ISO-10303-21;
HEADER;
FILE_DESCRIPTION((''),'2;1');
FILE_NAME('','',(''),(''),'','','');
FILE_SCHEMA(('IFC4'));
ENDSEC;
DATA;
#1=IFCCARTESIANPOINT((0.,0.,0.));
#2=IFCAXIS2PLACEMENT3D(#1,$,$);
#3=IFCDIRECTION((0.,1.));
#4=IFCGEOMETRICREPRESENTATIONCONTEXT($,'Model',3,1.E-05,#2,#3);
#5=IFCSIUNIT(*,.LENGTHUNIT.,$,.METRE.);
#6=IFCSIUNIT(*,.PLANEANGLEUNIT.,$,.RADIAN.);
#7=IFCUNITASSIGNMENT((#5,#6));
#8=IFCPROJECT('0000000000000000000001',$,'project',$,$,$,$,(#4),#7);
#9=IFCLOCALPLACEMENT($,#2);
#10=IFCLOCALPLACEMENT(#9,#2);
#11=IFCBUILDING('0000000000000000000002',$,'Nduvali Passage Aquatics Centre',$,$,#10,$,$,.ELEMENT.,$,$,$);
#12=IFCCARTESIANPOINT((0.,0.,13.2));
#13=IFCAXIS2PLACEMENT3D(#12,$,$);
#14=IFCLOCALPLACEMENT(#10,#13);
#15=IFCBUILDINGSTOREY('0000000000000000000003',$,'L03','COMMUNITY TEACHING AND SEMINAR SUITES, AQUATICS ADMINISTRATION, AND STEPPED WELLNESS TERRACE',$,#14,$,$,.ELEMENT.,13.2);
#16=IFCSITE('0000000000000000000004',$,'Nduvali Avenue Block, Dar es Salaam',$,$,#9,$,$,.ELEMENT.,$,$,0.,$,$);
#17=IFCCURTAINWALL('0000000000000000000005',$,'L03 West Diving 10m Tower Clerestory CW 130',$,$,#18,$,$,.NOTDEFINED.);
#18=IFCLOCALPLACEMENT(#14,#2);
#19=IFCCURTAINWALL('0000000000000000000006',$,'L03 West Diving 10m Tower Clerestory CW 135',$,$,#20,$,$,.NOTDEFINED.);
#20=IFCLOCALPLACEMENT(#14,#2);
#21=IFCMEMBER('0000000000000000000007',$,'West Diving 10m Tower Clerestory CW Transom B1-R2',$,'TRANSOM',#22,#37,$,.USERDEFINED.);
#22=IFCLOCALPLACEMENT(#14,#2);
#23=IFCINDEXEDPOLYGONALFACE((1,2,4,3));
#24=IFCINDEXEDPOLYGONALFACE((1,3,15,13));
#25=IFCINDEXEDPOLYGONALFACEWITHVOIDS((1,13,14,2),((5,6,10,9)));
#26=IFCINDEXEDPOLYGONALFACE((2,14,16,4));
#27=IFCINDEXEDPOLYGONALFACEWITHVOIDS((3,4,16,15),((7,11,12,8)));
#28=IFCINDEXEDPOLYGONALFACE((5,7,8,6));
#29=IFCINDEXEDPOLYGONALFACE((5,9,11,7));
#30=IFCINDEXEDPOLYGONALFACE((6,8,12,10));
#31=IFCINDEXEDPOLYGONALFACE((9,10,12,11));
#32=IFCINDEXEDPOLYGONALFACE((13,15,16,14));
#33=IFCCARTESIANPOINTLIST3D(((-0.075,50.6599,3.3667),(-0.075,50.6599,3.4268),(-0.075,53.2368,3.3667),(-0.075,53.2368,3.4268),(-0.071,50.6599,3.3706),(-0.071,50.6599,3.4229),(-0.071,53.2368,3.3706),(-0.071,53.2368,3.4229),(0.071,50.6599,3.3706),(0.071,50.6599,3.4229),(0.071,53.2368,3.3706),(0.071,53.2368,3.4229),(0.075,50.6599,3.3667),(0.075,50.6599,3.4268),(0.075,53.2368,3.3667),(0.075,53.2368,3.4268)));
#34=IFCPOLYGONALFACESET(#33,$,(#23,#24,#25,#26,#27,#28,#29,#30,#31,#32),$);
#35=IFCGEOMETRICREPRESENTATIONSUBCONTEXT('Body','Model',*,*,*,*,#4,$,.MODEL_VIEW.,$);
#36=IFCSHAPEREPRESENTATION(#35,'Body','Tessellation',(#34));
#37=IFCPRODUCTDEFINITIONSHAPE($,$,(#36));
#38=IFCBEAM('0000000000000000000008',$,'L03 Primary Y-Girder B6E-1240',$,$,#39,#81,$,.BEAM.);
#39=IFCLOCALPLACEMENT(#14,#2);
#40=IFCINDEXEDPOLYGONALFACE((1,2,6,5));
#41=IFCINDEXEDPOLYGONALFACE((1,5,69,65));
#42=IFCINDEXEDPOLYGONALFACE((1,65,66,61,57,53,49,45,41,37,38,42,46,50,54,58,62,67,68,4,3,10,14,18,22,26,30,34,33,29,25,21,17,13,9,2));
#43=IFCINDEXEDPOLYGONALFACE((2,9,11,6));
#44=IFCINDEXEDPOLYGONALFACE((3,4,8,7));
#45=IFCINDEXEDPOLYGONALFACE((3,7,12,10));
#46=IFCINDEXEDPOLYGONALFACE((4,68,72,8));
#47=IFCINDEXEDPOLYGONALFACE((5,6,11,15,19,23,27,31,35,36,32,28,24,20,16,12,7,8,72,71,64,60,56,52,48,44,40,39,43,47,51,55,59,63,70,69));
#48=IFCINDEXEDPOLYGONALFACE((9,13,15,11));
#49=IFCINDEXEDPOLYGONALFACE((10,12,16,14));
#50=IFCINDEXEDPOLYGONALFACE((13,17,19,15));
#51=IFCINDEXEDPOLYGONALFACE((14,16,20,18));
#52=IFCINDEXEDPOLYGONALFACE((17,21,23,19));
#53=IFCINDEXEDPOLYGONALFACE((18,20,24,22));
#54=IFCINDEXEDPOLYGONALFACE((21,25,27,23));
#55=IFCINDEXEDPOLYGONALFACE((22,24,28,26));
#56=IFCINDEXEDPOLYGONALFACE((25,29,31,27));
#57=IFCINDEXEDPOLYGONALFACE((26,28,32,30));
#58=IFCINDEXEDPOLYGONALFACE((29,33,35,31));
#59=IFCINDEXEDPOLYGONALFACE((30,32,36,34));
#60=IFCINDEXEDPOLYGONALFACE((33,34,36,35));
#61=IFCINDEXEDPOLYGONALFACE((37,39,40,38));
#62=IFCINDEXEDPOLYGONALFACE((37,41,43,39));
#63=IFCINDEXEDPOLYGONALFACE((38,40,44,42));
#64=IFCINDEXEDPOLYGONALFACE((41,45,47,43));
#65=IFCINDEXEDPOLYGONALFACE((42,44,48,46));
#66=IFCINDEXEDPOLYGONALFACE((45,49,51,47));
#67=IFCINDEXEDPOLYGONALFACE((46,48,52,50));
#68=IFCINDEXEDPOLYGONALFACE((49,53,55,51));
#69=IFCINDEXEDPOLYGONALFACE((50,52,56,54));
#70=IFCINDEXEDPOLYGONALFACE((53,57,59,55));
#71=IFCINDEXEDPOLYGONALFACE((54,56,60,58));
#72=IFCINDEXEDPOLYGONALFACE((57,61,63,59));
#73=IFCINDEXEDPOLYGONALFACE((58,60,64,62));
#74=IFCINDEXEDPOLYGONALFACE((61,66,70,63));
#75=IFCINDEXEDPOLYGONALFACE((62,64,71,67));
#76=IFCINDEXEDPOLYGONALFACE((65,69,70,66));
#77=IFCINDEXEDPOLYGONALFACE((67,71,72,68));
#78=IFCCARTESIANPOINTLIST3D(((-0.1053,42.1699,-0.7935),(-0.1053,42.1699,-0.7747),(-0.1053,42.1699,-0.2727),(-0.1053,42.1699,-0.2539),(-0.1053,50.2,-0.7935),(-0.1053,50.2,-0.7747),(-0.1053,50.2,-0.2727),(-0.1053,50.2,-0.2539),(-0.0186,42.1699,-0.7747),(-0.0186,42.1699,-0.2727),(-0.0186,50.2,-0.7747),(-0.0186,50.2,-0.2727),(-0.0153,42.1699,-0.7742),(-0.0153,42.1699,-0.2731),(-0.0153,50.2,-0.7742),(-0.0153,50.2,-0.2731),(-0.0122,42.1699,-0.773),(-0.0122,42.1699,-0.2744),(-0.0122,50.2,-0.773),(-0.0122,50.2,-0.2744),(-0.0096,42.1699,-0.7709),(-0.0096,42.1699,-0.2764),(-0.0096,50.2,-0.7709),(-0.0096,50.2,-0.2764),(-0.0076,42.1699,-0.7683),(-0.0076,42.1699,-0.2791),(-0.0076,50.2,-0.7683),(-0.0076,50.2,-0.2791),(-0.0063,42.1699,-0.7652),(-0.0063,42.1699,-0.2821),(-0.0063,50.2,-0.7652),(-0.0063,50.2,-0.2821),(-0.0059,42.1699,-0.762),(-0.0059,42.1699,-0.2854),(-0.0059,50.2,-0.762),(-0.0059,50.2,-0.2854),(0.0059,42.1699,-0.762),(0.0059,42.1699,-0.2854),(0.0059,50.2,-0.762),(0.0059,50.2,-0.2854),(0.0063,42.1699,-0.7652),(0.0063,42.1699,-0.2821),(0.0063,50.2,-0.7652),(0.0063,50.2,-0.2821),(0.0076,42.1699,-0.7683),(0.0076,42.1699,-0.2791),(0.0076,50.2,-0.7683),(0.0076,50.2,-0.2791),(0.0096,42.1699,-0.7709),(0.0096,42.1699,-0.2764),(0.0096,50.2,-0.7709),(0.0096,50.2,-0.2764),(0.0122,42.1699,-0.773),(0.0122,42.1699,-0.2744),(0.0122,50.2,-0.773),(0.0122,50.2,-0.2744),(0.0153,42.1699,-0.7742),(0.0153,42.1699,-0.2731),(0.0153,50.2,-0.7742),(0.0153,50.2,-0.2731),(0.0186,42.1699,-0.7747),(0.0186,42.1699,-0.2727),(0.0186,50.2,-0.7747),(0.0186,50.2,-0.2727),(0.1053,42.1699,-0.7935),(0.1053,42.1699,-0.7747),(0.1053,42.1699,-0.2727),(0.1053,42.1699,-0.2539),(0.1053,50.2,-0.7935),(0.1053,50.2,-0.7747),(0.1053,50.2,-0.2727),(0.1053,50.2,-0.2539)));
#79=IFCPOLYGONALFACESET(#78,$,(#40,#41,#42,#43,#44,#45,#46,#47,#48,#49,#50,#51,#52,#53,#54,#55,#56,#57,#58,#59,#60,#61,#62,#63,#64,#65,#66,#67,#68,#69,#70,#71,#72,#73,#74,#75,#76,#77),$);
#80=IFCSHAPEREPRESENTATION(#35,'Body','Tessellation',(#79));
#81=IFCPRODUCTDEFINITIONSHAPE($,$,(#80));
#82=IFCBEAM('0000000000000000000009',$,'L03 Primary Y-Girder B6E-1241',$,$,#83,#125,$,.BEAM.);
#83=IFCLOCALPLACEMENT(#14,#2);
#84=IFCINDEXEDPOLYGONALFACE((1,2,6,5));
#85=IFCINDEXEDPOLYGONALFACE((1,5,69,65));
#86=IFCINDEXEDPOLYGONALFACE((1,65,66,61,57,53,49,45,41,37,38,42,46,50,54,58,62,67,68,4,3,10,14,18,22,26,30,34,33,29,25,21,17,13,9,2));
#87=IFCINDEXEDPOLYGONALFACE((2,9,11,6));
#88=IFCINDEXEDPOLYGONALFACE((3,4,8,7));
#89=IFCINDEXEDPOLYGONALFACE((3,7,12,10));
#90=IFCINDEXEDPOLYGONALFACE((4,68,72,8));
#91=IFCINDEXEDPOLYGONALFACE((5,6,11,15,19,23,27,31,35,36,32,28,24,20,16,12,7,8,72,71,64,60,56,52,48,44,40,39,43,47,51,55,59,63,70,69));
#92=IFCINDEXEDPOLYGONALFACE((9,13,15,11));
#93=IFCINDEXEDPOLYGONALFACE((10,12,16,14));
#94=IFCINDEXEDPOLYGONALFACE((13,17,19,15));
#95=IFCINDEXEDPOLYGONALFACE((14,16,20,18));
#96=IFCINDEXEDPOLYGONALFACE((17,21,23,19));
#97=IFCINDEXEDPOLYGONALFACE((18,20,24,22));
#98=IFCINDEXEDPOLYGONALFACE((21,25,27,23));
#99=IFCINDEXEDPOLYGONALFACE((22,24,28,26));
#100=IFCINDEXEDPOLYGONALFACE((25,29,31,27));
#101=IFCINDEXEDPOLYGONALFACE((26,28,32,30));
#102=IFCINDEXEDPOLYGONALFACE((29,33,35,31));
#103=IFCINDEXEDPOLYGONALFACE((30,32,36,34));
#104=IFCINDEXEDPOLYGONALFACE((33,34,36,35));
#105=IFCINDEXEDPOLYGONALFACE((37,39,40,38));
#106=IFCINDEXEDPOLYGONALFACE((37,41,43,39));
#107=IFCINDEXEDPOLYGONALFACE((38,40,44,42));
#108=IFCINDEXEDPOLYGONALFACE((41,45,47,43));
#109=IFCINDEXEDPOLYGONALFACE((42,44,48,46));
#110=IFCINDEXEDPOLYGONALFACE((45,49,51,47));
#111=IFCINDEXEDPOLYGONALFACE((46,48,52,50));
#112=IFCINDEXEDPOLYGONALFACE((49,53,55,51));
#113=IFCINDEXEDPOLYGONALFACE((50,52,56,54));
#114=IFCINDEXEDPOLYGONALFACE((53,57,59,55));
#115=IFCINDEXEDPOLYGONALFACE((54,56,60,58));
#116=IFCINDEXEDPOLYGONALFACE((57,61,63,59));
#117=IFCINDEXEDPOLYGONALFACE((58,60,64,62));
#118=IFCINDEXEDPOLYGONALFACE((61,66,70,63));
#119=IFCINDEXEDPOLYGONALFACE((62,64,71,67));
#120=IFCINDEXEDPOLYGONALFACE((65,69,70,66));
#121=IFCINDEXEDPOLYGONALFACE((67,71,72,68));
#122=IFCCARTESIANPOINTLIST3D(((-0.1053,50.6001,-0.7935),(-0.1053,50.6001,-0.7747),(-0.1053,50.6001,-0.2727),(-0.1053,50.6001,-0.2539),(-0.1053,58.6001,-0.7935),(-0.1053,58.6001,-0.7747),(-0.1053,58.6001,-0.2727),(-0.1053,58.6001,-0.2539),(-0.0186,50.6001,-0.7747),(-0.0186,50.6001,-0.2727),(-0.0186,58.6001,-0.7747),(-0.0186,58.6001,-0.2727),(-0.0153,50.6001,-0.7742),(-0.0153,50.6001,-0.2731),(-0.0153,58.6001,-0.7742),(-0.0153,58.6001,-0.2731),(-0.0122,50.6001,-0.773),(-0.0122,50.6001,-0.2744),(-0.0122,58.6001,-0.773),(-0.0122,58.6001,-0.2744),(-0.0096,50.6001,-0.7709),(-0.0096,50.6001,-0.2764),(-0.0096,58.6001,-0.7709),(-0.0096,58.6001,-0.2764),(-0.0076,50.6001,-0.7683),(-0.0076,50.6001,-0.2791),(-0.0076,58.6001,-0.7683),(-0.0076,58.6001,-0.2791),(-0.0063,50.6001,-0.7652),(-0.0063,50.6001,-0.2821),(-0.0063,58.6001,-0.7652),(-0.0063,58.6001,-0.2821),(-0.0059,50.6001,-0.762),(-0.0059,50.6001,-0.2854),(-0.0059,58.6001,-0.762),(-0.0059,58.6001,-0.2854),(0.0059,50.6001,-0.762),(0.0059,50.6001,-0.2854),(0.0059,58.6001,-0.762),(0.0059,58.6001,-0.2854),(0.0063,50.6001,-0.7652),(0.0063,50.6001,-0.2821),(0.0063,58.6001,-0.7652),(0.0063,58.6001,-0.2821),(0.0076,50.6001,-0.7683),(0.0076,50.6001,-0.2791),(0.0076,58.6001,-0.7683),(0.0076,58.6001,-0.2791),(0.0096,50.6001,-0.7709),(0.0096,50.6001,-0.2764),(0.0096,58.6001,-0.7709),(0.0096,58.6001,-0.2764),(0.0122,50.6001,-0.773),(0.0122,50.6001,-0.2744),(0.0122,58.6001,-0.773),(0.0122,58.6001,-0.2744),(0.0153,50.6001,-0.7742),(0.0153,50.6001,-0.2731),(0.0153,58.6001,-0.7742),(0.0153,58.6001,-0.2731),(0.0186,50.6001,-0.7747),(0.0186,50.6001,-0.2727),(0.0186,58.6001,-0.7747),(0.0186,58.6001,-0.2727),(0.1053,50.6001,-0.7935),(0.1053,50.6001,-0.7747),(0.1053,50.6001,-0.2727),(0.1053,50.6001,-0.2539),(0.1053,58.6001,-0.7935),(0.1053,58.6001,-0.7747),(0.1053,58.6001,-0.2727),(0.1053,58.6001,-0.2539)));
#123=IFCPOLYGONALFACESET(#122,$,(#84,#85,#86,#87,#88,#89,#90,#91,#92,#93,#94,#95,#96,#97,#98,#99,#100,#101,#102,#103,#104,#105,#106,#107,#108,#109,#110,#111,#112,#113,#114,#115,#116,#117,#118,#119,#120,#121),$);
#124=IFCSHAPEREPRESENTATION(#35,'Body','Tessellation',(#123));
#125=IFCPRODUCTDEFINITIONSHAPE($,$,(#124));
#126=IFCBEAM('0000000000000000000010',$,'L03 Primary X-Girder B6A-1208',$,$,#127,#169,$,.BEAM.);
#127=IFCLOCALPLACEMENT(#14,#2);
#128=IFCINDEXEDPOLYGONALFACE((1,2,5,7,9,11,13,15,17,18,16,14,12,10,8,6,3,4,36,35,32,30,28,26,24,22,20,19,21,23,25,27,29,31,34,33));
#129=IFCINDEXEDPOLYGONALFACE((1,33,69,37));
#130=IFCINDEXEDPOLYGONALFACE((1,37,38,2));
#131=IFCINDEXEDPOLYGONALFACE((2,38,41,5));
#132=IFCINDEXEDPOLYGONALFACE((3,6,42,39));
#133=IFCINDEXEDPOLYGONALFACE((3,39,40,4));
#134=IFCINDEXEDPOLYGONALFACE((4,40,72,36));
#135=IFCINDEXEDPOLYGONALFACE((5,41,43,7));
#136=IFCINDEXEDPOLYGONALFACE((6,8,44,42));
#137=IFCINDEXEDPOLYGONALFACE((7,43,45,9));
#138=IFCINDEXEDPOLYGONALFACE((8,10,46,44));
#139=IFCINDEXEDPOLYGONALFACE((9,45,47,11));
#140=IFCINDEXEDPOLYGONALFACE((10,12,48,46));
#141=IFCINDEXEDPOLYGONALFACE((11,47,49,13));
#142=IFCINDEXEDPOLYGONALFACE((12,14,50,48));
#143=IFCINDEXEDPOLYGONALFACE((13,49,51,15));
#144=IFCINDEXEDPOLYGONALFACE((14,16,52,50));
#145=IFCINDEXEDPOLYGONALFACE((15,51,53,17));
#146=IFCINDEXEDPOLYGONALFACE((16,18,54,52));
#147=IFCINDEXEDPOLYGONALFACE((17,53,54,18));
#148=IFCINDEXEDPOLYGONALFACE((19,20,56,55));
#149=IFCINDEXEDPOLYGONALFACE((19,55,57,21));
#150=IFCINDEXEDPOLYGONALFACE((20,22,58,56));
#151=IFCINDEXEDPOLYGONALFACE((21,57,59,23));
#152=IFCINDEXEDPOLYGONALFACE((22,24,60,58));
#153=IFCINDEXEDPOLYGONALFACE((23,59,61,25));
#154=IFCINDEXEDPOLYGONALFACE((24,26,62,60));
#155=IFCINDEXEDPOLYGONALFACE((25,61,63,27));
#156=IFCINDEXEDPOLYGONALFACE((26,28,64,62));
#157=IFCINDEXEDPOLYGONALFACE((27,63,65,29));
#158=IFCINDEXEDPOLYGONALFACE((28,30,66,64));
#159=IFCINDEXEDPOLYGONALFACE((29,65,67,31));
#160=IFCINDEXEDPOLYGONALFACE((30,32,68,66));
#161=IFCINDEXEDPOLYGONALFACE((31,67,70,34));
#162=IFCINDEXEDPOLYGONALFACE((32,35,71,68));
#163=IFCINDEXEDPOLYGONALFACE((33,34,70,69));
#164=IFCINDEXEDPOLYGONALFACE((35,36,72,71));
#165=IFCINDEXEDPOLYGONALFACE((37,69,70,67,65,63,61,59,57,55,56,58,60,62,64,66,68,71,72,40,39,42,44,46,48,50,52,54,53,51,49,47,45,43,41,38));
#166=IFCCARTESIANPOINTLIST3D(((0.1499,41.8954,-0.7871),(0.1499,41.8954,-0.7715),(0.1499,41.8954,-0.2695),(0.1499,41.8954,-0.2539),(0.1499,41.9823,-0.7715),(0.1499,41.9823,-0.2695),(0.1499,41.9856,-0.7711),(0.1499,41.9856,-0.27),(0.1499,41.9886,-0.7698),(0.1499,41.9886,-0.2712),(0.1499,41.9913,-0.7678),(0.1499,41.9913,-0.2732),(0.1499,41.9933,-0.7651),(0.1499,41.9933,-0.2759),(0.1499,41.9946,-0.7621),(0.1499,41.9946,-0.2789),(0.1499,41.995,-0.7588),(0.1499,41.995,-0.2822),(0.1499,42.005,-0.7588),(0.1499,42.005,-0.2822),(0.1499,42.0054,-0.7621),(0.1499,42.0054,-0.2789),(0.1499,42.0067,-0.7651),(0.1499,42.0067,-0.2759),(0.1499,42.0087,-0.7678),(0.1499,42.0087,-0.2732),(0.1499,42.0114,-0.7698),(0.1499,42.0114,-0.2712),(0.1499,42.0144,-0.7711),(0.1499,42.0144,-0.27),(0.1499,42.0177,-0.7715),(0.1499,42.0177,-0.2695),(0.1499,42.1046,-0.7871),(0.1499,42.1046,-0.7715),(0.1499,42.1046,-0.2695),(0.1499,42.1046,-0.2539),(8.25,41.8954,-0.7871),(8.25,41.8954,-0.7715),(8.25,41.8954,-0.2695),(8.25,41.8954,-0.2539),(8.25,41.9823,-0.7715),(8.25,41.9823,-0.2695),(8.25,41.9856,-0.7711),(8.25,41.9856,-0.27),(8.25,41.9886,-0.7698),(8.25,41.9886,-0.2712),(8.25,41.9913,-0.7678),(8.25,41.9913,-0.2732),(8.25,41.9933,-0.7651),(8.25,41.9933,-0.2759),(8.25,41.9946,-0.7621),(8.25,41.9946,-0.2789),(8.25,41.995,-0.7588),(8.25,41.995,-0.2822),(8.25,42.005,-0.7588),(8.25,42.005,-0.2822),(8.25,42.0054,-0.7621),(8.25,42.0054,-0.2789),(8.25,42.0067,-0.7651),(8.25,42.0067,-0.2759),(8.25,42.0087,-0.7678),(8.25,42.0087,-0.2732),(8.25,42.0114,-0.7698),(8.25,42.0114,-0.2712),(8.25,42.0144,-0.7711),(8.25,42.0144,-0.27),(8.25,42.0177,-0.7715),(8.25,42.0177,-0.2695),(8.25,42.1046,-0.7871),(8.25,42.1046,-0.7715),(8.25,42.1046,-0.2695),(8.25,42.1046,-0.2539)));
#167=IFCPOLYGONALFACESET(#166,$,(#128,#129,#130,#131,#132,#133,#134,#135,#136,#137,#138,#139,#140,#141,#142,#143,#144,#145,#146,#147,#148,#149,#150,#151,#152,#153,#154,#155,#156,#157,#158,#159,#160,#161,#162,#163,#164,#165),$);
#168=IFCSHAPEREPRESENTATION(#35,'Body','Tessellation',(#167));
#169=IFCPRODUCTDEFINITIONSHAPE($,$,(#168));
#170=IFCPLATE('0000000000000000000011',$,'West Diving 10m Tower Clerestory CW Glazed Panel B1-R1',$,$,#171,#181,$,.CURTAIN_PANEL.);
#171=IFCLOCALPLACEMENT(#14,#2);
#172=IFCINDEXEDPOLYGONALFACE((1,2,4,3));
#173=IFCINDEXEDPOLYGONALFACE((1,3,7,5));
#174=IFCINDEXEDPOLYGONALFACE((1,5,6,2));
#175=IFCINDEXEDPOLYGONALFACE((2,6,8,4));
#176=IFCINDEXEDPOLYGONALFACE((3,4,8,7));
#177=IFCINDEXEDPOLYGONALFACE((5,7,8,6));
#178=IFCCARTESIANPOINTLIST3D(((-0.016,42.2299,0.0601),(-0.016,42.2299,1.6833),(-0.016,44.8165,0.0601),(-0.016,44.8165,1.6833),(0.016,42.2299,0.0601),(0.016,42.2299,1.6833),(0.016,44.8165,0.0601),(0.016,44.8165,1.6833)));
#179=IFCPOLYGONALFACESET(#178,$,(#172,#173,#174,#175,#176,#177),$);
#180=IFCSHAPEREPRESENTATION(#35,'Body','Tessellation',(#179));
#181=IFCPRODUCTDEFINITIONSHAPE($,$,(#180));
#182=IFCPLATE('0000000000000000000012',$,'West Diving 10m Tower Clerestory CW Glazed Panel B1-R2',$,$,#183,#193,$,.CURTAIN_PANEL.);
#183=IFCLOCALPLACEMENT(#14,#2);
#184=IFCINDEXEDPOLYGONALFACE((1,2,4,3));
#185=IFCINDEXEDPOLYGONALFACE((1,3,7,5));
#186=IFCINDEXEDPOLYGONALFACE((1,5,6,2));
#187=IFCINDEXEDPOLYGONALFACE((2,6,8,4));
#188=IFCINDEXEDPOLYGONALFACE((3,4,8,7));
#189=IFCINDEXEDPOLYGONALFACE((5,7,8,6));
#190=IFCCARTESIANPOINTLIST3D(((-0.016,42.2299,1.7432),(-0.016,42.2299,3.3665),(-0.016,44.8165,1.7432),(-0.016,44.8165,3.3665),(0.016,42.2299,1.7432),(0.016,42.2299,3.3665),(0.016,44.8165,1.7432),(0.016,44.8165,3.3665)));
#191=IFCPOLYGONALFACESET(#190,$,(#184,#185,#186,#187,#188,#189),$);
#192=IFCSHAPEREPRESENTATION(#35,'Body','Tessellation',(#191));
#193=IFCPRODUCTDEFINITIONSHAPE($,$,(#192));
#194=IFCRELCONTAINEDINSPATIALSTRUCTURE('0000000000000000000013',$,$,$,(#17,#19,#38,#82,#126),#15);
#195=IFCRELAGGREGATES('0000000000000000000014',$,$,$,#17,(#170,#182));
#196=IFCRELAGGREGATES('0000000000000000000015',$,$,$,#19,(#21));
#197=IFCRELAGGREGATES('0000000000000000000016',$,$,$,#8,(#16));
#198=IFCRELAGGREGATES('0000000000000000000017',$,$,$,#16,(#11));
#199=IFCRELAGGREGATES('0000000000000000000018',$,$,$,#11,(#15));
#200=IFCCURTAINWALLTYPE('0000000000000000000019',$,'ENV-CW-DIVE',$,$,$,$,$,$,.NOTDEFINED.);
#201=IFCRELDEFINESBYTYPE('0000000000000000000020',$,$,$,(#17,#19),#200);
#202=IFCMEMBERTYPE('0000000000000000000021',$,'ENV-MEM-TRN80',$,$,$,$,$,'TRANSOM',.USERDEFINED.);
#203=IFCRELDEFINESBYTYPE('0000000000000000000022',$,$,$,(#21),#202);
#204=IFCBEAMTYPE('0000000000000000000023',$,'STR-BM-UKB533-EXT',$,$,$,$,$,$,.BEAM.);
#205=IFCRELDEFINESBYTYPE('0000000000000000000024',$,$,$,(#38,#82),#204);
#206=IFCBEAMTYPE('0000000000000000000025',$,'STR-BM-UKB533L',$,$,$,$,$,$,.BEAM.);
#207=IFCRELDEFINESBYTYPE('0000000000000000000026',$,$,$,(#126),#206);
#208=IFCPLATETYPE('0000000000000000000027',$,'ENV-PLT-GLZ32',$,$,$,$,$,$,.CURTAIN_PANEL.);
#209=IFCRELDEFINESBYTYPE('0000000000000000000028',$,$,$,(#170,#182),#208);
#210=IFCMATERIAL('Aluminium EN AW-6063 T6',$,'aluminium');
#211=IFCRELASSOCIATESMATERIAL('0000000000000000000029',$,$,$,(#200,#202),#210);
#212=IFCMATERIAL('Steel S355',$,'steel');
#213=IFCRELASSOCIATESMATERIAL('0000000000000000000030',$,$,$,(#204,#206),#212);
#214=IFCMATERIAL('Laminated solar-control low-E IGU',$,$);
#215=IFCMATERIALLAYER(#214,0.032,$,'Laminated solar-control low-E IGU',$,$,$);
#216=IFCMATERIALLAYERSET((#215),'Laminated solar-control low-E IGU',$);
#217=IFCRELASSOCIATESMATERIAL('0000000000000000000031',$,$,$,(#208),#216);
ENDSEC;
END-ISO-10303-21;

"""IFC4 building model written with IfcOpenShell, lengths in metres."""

from ifc_helpers import new_model, si_unit, direction, frame, origin, origin_2d, place, context, subcontext, project, spatial, rectangle, hollow_rectangle, i_section, extrude, material, layer, layer_set, material_profile, profile_set, type_object, element, aggregate, save


model = new_model("IFC4")

# Units and contexts
model_context = context("Model", 3, precision=1e-05, world=origin(), true_north=direction((0.0, 1.0)))
body_context = subcontext(model_context, "Body", "Model", "MODEL_VIEW")
ifc_project = project(units=[si_unit("LENGTHUNIT", "METRE"), si_unit("PLANEANGLEUNIT", "RADIAN")], contexts=[model_context])

# Site, building, storey
site_placement = place(None, origin())
site = spatial("IfcSite", under=ifc_project, at=site_placement, Name="Nduvali Avenue Block, Dar es Salaam", CompositionType="ELEMENT", RefElevation=0.0)
building_placement = place(site_placement, origin())
building = spatial("IfcBuilding", under=site, at=building_placement, Name="Nduvali Passage Aquatics Centre", CompositionType="ELEMENT")
storey_placement = place(building_placement, frame((0.0, 0.0, 13.2)))
storey = spatial("IfcBuildingStorey", under=building, at=storey_placement, Name="L03", Description="COMMUNITY TEACHING AND SEMINAR SUITES, AQUATICS ADMINISTRATION, AND STEPPED WELLNESS TERRACE", CompositionType="ELEMENT", Elevation=13.2)

# Shared definitions
ifc_material_1 = material(Name="Steel S355", Category="steel")

# Curtain wall
ifc_material_2 = material(Name="Aluminium EN AW-6063 T6", Category="aluminium")
curtain_wall_type = type_object("IfcCurtainWallType", Name="ENV-CW-DIVE", PredefinedType="NOTDEFINED", material=ifc_material_2)
curtain_wall_1_placement = place(storey_placement, origin())
curtain_wall_1 = element("IfcCurtainWall", 1, at=curtain_wall_1_placement, inside=storey, type_object=curtain_wall_type, Name="L03 West Diving 10m Tower Clerestory CW 130", PredefinedType="NOTDEFINED")

# Curtain wall
curtain_wall_2_placement = place(storey_placement, origin())
curtain_wall_2 = element("IfcCurtainWall", 2, at=curtain_wall_2_placement, inside=storey, type_object=curtain_wall_type, Name="L03 West Diving 10m Tower Clerestory CW 135", PredefinedType="NOTDEFINED")

# Member
ifc_material_profile_1 = material_profile(ifc_material_2, hollow_rectangle(XDim=0.1499, YDim=0.0601, WallThickness=0.0039, at=origin_2d()), Name="ALU TRANSOM 150x60x4")
ifc_profile_set_1 = profile_set([ifc_material_profile_1], Name="Aluminium EN AW-6063 T6")
member_type_1 = type_object("IfcMemberType", Name="ENV-MEM-TRN80", ElementType="TRANSOM", PredefinedType="USERDEFINED", material=ifc_profile_set_1)
member_1_placement = place(storey_placement, frame((0.0, 50.6599, 3.3967), z_axis=(0.0, 1.0, 0.0), x_axis=(-1.0, 0.0, 0.0)))
member_1 = element("IfcMember", 3, at=member_1_placement, type_object=member_type_1, Name="West Diving 10m Tower Clerestory CW Transom B1-R2", ObjectType="TRANSOM", PredefinedType="USERDEFINED", context=body_context, shape_type="SweptSolid", body=[
    extrude(hollow_rectangle(XDim=0.1499, YDim=0.0601, WallThickness=0.0039, at=origin_2d()), origin(), (0.0, 0.0, 1.0), 2.5769),
])

# Beams
ifc_material_profile_2 = material_profile(ifc_material_1, i_section(OverallWidth=0.2107, OverallDepth=0.5396, WebThickness=0.0117, FlangeThickness=0.0188, FilletRadius=0.0127, at=origin_2d()), Name="UKB 533x210x109")
ifc_profile_set_2 = profile_set([ifc_material_profile_2], Name="Steel S355")
beam_type_1 = type_object("IfcBeamType", Name="STR-BM-UKB533-EXT", PredefinedType="BEAM", material=ifc_profile_set_2)
beam_1_placement = place(storey_placement, frame((0.0, 42.1699, -0.5237), z_axis=(0.0, 1.0, 0.0), x_axis=(-1.0, 0.0, 0.0)))
element("IfcBeam", 4, at=beam_1_placement, inside=storey, type_object=beam_type_1, Name="L03 Primary Y-Girder B6E-1240", PredefinedType="BEAM", context=body_context, shape_type="SweptSolid", body=[
    extrude(i_section(OverallWidth=0.2107, OverallDepth=0.5396, WebThickness=0.0117, FlangeThickness=0.0188, FilletRadius=0.0127, at=origin_2d()), origin(), (0.0, 0.0, 1.0), 8.03),
])
beam_2_placement = place(storey_placement, frame((0.0, 50.6001, -0.5237), z_axis=(0.0, 1.0, 0.0), x_axis=(-1.0, 0.0, 0.0)))
element("IfcBeam", 5, at=beam_2_placement, inside=storey, type_object=beam_type_1, Name="L03 Primary Y-Girder B6E-1241", PredefinedType="BEAM", context=body_context, shape_type="SweptSolid", body=[
    extrude(i_section(OverallWidth=0.2107, OverallDepth=0.5396, WebThickness=0.0117, FlangeThickness=0.0188, FilletRadius=0.0127, at=origin_2d()), origin(), (0.0, 0.0, 1.0), 8.0),
])
ifc_material_profile_3 = material_profile(ifc_material_1, i_section(OverallWidth=0.2092, OverallDepth=0.5332, WebThickness=0.01, FlangeThickness=0.0156, FilletRadius=0.0127, at=origin_2d()), Name="UKB 533x210x92")
ifc_profile_set_3 = profile_set([ifc_material_profile_3], Name="Steel S355")
beam_type_2 = type_object("IfcBeamType", Name="STR-BM-UKB533L", PredefinedType="BEAM", material=ifc_profile_set_3)
beam_3_placement = place(storey_placement, frame((0.1499, 42.0, -0.5205), z_axis=(1.0, 0.0, 0.0), x_axis=(0.0, 1.0, 0.0)))
element("IfcBeam", 6, at=beam_3_placement, inside=storey, type_object=beam_type_2, Name="L03 Primary X-Girder B6A-1208", PredefinedType="BEAM", context=body_context, shape_type="SweptSolid", body=[
    extrude(i_section(OverallWidth=0.2092, OverallDepth=0.5332, WebThickness=0.01, FlangeThickness=0.0156, FilletRadius=0.0127, at=origin_2d()), origin(), (0.0, 0.0, 1.0), 8.1001),
])

# Plates
ifc_material_3 = material(Name="Laminated solar-control low-E IGU")
ifc_layer_1 = layer(ifc_material_3, 0.032, Name="Laminated solar-control low-E IGU")
ifc_layer_set_1 = layer_set([ifc_layer_1], Name="Laminated solar-control low-E IGU")
plate_type = type_object("IfcPlateType", Name="ENV-PLT-GLZ32", PredefinedType="CURTAIN_PANEL", material=ifc_layer_set_1)
plate_1_placement = place(storey_placement, frame((0.0, 43.5232, 0.0601), z_axis=(0.0, 0.0, 1.0), x_axis=(0.0, 1.0, 0.0)))
plate_1 = element("IfcPlate", 7, at=plate_1_placement, type_object=plate_type, Name="West Diving 10m Tower Clerestory CW Glazed Panel B1-R1", PredefinedType="CURTAIN_PANEL", context=body_context, shape_type="SweptSolid", body=[
    extrude(rectangle(XDim=2.5867, YDim=0.032, at=origin_2d()), origin(), (0.0, 0.0, 1.0), 1.6233),
])
plate_2_placement = place(storey_placement, frame((0.0, 43.5232, 1.7432), z_axis=(0.0, 0.0, 1.0), x_axis=(0.0, 1.0, 0.0)))
plate_2 = element("IfcPlate", 8, at=plate_2_placement, type_object=plate_type, Name="West Diving 10m Tower Clerestory CW Glazed Panel B1-R2", PredefinedType="CURTAIN_PANEL", context=body_context, shape_type="SweptSolid", body=[
    extrude(rectangle(XDim=2.5867, YDim=0.032, at=origin_2d()), origin(), (0.0, 0.0, 1.0), 1.6233),
])
aggregate(curtain_wall_1, [plate_1, plate_2])
aggregate(curtain_wall_2, [member_1])

save(model, "model.ifc")
